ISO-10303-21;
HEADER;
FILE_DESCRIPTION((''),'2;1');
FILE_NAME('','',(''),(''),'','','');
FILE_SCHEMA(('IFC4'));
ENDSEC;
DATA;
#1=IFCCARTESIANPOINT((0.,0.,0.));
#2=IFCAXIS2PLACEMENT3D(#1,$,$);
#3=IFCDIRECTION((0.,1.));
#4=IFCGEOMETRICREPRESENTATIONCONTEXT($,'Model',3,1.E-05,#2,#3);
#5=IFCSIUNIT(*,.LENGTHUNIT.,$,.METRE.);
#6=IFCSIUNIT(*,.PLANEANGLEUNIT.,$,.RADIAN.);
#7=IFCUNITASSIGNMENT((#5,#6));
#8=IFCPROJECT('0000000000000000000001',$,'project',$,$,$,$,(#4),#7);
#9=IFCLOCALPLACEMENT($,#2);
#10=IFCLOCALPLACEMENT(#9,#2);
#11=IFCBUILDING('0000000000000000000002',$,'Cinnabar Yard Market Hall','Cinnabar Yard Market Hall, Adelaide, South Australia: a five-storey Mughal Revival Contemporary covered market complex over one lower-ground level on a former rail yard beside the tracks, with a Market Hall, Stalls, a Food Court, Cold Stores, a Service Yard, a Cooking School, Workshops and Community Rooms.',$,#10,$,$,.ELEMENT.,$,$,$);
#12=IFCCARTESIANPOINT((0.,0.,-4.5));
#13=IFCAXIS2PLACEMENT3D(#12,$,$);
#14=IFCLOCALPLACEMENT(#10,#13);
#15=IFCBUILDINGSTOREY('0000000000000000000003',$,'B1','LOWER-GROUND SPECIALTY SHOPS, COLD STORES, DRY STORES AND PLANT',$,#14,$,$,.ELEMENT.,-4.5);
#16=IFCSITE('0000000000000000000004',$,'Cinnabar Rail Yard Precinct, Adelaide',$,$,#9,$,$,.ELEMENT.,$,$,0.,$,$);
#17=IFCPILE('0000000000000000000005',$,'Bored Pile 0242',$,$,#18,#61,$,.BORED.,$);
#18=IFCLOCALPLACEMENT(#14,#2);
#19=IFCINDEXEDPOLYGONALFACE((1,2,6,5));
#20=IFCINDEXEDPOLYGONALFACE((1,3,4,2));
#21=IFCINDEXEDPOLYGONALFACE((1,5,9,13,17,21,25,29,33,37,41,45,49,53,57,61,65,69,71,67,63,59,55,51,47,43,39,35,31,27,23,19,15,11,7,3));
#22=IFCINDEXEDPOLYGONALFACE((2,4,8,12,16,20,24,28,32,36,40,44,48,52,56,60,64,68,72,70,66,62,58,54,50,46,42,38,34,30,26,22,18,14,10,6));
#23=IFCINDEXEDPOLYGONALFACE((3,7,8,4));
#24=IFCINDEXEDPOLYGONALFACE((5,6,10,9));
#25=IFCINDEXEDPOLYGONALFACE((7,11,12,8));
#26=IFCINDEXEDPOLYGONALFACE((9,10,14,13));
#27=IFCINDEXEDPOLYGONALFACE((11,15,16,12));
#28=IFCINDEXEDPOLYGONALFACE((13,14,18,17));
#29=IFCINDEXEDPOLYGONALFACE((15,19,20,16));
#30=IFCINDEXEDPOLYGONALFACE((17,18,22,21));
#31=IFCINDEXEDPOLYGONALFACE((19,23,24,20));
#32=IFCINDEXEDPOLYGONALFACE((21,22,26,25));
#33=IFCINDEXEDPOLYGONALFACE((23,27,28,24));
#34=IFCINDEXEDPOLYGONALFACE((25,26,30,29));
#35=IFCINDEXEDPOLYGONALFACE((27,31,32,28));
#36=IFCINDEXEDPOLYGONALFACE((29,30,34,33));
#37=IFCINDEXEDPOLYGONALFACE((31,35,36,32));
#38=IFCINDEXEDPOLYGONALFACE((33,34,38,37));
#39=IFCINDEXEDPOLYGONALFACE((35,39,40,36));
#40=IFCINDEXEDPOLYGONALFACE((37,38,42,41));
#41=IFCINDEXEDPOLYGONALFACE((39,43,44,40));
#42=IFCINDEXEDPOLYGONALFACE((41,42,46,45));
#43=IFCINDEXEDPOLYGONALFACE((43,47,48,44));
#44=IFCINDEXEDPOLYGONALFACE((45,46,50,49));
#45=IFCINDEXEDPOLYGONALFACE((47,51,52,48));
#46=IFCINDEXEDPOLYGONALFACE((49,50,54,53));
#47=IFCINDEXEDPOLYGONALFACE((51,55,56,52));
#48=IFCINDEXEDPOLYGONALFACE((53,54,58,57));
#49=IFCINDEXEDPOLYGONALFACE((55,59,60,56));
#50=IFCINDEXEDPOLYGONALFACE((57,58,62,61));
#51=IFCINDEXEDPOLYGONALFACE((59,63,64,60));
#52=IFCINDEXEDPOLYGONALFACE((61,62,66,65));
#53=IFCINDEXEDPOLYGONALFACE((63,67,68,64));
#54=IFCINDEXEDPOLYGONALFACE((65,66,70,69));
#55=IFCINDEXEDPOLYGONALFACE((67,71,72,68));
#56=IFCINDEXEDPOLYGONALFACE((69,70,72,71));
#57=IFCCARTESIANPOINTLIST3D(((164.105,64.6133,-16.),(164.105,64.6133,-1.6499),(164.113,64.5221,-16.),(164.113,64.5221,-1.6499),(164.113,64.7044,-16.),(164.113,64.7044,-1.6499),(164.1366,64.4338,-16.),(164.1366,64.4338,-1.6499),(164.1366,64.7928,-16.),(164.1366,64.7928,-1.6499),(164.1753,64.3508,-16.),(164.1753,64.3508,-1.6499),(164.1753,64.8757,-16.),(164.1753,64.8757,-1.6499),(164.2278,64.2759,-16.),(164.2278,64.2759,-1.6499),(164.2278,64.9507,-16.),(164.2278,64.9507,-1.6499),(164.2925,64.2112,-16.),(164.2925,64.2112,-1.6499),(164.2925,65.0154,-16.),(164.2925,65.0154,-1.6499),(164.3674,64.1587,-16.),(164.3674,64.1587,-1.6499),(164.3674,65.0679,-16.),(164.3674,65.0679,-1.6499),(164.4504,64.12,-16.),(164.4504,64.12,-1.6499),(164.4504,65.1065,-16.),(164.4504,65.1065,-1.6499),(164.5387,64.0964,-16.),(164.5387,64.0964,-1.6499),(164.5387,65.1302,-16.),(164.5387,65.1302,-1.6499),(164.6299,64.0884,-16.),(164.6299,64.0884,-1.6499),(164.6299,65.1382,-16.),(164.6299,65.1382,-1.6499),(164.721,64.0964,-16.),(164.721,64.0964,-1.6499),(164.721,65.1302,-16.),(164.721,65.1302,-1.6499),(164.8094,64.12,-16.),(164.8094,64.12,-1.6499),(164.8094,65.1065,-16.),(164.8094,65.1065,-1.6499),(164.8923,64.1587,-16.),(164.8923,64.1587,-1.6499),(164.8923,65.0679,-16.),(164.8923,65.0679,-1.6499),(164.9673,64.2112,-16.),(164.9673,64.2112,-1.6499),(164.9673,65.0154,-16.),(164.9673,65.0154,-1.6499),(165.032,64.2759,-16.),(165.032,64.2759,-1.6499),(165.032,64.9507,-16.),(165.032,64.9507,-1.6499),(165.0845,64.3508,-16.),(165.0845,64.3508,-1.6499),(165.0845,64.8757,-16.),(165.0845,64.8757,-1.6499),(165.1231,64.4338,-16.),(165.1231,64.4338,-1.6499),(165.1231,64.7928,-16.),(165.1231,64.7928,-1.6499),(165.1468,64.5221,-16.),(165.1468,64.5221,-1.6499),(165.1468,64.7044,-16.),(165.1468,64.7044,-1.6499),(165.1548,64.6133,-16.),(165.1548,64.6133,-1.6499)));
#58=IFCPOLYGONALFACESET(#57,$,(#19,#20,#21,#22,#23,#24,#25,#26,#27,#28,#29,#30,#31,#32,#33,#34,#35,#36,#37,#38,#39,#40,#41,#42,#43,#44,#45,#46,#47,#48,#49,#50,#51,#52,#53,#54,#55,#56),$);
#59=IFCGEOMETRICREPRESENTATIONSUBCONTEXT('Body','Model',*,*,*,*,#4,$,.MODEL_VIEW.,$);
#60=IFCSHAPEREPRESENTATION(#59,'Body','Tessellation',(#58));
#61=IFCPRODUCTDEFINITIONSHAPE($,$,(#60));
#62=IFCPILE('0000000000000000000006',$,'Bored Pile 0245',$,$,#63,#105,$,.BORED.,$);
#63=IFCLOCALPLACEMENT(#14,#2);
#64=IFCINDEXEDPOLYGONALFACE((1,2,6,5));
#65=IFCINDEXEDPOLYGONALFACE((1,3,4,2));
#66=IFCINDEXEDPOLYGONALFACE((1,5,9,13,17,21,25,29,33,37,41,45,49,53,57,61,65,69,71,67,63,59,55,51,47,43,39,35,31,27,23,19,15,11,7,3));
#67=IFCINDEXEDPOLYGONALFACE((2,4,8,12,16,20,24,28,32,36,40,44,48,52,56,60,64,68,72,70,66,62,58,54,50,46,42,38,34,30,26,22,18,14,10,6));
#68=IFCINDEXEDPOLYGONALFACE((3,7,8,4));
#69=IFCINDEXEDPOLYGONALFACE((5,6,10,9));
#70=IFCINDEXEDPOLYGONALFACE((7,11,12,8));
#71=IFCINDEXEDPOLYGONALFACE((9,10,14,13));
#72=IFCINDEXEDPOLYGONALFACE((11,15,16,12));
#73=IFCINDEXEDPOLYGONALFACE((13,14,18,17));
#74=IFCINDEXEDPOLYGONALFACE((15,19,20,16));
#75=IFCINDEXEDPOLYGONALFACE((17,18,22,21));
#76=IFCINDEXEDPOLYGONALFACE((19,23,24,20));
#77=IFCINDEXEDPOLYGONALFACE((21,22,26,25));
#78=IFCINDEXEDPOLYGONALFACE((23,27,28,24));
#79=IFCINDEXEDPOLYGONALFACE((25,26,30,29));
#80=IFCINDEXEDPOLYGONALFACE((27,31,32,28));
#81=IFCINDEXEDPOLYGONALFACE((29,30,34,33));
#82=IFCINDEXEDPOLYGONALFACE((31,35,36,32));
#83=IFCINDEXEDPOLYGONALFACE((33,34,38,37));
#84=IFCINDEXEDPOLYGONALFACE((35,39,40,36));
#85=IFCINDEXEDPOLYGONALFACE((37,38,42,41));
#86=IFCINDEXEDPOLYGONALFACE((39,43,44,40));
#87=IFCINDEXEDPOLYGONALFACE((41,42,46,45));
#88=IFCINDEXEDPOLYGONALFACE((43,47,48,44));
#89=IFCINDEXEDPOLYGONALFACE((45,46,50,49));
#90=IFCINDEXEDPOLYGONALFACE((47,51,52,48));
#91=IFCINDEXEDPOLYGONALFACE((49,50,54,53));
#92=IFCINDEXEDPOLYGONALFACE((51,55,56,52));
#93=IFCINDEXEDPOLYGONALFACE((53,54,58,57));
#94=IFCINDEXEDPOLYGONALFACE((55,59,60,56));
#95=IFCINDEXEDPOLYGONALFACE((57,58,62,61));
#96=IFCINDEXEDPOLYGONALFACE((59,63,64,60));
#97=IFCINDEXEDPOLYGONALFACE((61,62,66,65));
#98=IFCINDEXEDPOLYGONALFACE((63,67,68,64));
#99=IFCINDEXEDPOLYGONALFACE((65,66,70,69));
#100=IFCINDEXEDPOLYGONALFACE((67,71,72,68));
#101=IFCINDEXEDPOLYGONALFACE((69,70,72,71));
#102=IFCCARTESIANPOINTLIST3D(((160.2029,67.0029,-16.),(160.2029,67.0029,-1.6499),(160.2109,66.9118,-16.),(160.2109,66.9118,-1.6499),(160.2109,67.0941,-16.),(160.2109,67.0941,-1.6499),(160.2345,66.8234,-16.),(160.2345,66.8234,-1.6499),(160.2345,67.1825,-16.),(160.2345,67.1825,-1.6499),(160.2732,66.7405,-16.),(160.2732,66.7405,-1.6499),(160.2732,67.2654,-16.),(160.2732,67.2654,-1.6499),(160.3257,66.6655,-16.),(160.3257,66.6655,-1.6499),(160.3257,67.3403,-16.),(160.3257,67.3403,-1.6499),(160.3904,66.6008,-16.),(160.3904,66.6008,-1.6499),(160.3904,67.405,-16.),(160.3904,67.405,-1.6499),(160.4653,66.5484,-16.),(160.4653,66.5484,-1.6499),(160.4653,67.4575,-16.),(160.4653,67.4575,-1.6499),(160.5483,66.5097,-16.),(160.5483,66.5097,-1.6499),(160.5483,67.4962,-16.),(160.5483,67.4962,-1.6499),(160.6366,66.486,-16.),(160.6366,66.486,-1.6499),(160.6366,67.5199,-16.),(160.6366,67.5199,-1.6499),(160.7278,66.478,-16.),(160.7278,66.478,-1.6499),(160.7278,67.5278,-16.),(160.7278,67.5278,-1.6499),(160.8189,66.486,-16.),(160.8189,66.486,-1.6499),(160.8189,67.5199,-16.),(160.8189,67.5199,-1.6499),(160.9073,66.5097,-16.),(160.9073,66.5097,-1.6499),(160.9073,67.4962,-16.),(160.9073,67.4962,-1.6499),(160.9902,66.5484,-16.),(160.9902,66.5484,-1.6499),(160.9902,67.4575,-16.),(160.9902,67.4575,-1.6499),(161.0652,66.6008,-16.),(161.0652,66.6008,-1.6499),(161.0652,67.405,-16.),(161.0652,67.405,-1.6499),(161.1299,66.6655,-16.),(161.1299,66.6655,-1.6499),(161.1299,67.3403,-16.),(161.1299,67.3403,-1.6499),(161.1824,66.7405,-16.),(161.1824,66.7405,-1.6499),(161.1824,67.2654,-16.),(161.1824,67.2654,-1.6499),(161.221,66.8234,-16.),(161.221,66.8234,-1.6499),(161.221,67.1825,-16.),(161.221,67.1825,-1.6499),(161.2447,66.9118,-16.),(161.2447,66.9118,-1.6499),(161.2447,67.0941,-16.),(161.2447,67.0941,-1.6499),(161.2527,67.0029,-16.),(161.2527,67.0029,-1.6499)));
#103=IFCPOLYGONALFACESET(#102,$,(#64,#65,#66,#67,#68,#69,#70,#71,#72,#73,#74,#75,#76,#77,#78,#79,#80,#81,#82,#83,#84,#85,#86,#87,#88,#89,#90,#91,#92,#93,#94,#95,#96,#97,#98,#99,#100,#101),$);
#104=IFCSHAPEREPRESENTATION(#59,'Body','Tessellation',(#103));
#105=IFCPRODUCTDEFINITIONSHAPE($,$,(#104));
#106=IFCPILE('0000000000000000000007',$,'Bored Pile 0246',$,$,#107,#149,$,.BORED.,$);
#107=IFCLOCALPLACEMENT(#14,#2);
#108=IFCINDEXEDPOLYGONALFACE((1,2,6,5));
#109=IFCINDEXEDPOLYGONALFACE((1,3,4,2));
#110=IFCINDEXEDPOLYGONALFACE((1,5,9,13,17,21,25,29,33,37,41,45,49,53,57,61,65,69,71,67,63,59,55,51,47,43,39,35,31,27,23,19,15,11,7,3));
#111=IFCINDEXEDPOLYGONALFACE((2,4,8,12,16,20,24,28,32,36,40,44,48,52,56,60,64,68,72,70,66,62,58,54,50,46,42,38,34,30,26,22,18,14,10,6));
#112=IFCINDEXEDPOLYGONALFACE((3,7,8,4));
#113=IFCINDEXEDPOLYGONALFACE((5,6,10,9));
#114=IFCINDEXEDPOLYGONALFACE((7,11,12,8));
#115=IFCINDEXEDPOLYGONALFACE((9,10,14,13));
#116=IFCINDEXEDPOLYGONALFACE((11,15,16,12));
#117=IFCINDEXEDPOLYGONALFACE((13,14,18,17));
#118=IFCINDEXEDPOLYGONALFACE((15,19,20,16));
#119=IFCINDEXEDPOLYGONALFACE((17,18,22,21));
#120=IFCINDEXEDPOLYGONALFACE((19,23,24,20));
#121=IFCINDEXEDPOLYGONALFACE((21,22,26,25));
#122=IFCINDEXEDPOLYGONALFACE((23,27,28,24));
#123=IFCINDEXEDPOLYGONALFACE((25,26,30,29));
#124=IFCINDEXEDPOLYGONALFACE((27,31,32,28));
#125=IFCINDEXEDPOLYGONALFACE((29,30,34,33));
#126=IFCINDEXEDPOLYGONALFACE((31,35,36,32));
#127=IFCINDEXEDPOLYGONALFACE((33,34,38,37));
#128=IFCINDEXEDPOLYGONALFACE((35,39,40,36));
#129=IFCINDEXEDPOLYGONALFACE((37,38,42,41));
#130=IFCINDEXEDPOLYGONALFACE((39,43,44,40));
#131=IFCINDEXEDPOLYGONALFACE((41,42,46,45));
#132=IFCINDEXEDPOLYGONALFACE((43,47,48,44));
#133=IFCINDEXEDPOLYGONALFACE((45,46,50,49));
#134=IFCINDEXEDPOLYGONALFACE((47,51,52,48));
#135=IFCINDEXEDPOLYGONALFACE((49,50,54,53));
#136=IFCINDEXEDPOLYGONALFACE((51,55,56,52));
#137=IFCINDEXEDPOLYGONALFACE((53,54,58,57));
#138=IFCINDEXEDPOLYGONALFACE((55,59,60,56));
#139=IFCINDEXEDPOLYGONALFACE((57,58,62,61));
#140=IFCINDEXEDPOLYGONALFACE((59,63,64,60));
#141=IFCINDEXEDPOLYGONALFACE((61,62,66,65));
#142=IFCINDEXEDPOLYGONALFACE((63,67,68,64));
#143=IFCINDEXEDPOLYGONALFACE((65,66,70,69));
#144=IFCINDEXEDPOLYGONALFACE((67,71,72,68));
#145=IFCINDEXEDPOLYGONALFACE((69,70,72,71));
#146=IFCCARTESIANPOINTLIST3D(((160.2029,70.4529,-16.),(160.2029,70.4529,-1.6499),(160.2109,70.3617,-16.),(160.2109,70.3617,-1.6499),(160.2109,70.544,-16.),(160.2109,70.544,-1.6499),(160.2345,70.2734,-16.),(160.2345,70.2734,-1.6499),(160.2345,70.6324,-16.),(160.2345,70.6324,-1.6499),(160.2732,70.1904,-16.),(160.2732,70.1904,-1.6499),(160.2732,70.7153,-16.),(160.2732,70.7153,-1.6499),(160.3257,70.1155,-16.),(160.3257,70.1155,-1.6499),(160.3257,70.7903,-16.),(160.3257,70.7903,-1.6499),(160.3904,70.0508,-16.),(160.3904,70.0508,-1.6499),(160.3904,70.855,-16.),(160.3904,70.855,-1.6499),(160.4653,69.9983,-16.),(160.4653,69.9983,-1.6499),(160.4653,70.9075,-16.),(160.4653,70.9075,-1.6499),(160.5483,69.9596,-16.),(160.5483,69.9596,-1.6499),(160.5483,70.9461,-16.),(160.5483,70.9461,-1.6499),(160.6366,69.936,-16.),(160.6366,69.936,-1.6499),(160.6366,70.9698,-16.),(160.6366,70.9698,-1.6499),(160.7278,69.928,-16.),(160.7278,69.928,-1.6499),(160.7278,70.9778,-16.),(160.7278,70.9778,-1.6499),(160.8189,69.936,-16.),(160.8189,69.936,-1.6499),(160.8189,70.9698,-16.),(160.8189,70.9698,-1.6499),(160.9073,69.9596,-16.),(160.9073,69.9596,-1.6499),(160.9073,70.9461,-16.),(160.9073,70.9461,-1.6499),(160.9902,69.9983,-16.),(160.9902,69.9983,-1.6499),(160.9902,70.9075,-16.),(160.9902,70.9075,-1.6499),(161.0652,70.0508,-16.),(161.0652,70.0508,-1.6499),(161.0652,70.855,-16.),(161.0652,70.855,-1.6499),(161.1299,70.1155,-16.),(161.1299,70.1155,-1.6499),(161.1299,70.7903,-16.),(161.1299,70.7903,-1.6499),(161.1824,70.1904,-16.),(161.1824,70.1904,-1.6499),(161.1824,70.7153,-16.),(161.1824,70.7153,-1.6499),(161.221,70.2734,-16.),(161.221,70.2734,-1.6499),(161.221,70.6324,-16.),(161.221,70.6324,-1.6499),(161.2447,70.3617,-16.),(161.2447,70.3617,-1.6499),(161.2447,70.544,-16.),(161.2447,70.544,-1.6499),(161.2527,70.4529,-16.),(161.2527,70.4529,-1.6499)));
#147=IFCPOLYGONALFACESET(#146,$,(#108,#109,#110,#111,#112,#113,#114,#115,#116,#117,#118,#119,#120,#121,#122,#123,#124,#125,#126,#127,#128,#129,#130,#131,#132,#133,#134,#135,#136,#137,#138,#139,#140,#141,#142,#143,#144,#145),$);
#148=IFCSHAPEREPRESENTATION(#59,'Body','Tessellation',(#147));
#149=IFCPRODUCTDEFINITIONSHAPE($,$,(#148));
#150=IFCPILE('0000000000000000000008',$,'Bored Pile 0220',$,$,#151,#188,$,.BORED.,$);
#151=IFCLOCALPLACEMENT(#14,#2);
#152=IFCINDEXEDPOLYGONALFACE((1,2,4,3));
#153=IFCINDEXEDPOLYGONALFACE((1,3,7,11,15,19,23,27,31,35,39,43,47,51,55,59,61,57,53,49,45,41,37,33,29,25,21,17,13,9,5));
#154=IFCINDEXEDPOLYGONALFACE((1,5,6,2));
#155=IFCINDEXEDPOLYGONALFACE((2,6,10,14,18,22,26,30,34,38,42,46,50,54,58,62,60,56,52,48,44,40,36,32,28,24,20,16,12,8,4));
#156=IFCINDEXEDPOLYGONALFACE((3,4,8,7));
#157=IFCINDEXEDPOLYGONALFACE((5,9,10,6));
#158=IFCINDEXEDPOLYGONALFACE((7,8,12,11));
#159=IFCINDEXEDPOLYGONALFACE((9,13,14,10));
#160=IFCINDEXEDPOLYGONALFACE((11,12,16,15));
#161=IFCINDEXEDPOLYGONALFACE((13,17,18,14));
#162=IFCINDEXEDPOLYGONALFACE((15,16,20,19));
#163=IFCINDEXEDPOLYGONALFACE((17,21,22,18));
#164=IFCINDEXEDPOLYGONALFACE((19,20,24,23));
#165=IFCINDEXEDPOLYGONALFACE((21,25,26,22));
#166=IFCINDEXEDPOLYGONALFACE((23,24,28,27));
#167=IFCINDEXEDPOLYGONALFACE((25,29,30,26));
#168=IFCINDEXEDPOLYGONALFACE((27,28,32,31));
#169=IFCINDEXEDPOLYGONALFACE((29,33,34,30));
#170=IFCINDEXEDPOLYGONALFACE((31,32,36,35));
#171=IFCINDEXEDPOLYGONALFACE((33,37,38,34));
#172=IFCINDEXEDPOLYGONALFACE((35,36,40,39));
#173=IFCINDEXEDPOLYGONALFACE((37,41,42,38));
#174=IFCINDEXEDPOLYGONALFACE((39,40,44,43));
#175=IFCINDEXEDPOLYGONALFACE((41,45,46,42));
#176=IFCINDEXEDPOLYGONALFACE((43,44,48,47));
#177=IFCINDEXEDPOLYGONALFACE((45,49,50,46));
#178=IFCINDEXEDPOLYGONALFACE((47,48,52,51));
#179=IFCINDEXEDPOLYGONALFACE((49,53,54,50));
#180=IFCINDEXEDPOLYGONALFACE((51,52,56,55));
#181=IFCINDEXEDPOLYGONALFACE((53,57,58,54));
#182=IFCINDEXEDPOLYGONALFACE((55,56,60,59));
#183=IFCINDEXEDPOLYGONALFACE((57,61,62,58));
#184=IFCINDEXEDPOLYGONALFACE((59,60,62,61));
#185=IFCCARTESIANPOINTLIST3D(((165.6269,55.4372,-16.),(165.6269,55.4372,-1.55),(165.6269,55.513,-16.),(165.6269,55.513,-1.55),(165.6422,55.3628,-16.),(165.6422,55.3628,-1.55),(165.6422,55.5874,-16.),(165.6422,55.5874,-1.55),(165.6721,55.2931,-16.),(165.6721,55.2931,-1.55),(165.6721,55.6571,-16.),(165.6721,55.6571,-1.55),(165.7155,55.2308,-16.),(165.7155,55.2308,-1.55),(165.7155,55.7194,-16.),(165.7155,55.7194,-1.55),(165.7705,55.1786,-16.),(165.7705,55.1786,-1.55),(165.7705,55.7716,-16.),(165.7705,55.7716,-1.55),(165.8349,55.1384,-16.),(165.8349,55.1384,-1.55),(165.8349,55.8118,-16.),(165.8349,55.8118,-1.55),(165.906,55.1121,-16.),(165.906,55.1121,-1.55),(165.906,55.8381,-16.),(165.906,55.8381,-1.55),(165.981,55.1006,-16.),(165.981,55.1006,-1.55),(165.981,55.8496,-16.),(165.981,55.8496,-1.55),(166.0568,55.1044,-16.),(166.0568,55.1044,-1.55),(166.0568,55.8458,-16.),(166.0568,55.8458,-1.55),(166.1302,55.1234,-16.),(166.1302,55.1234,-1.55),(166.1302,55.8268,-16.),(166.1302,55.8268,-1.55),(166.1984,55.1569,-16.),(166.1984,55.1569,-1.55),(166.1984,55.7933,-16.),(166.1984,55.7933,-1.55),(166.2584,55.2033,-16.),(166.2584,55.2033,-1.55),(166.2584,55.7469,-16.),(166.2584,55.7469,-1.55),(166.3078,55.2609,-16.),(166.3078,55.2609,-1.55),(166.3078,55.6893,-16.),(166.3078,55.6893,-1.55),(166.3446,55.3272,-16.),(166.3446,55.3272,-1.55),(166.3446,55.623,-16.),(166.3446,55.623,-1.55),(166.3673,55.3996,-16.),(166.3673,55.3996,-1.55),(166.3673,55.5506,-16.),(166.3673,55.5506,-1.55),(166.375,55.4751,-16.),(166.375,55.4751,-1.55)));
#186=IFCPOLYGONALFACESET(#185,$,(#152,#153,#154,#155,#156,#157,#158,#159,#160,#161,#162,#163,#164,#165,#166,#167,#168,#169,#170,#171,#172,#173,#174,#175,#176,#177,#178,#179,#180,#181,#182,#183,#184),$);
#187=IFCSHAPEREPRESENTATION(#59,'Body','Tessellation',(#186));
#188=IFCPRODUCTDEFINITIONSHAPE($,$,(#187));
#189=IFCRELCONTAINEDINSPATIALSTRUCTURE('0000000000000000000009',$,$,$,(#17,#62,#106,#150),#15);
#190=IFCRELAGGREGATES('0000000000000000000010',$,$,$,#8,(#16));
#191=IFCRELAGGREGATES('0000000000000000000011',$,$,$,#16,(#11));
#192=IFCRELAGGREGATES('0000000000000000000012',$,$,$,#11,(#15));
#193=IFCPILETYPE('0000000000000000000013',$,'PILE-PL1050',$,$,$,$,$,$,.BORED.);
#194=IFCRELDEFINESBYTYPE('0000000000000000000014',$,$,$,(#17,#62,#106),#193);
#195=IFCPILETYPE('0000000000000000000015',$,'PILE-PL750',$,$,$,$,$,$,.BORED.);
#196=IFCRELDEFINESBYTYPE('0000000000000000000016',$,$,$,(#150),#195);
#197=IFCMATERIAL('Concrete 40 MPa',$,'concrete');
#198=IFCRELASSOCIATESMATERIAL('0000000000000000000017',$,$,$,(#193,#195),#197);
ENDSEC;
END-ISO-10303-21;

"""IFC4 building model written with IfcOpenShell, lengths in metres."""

from ifc_helpers import new_model, si_unit, direction, frame, origin, origin_2d_with_axis, place, context, subcontext, project, spatial, circle, extrude, material, material_profile, profile_set, type_object, element, save


model = new_model("IFC4")

# Units and contexts
model_context = context("Model", 3, precision=1e-05, world=origin(), true_north=direction((0.0, 1.0)))
body_context = subcontext(model_context, "Body", "Model", "MODEL_VIEW")
ifc_project = project(units=[si_unit("LENGTHUNIT", "METRE"), si_unit("PLANEANGLEUNIT", "RADIAN")], contexts=[model_context])

# Site, building, storey
site_placement = place(None, origin())
site = spatial("IfcSite", under=ifc_project, at=site_placement, Name="Cinnabar Rail Yard Precinct, Adelaide", CompositionType="ELEMENT", RefElevation=0.0)
building_placement = place(site_placement, origin())
building = spatial("IfcBuilding", under=site, at=building_placement, Name="Cinnabar Yard Market Hall", Description="Cinnabar Yard Market Hall, Adelaide, South Australia: a five-storey Mughal Revival Contemporary covered market complex over one lower-ground level on a former rail yard beside the tracks, with a Market Hall, Stalls, a Food Court, Cold Stores, a Service Yard, a Cooking School, Workshops and Community Rooms.", CompositionType="ELEMENT")
storey_placement = place(building_placement, frame((0.0, 0.0, -4.5)))
storey = spatial("IfcBuildingStorey", under=building, at=storey_placement, Name="B1", Description="LOWER-GROUND SPECIALTY SHOPS, COLD STORES, DRY STORES AND PLANT", CompositionType="ELEMENT", Elevation=-4.5)

# Shared definitions
ifc_material_1 = material(Name="Concrete 40 MPa", Category="concrete")

# Piles
ifc_material_profile_1 = material_profile(ifc_material_1, circle(Radius=0.5249, at=origin_2d_with_axis()), Name="PILE-D1050")
ifc_profile_set_1 = profile_set([ifc_material_profile_1], Name="Concrete 40 MPa")
pile_type_1 = type_object("IfcPileType", Name="PILE-PL1050", PredefinedType="BORED", material=ifc_profile_set_1)
for number, where, z_axis, x_axis, name in (
    (1, (164.6299, 64.6133, -1.6499), (0.0, 0.0, -1.0), (1.0, 0.0, 0.0), "Bored Pile 0242"),
    (2, (160.7278, 67.0029, -1.6499), (0.0, 0.0, -1.0), (1.0, 0.0, 0.0), "Bored Pile 0245"),
    (3, (160.7278, 70.4529, -1.6499), (0.0, 0.0, -1.0), (1.0, 0.0, 0.0), "Bored Pile 0246"),
):
    element("IfcPile", number, at=place(storey_placement, frame(where, z_axis=z_axis, x_axis=x_axis)), inside=storey, type_object=pile_type_1, Name=name, PredefinedType="BORED", context=body_context, shape_type="SweptSolid", body=[
        extrude(circle(Radius=0.5249, at=origin_2d_with_axis()), origin(), (0.0, 0.0, 1.0), 14.3501),
    ])
ifc_material_profile_2 = material_profile(ifc_material_1, circle(Radius=0.375, at=origin_2d_with_axis()), Name="PILE-D750")
ifc_profile_set_2 = profile_set([ifc_material_profile_2], Name="Concrete 40 MPa")
pile_type_2 = type_object("IfcPileType", Name="PILE-PL750", PredefinedType="BORED", material=ifc_profile_set_2)
pile_1_placement = place(storey_placement, frame((166.0, 55.4751, -1.55), z_axis=(0.0, 0.0, -1.0), x_axis=(1.0, 0.0, 0.0)))
element("IfcPile", 4, at=pile_1_placement, inside=storey, type_object=pile_type_2, Name="Bored Pile 0220", PredefinedType="BORED", context=body_context, shape_type="SweptSolid", body=[
    extrude(circle(Radius=0.375, at=origin_2d_with_axis()), origin(), (0.0, 0.0, 1.0), 14.45),
])

save(model, "model.ifc")
